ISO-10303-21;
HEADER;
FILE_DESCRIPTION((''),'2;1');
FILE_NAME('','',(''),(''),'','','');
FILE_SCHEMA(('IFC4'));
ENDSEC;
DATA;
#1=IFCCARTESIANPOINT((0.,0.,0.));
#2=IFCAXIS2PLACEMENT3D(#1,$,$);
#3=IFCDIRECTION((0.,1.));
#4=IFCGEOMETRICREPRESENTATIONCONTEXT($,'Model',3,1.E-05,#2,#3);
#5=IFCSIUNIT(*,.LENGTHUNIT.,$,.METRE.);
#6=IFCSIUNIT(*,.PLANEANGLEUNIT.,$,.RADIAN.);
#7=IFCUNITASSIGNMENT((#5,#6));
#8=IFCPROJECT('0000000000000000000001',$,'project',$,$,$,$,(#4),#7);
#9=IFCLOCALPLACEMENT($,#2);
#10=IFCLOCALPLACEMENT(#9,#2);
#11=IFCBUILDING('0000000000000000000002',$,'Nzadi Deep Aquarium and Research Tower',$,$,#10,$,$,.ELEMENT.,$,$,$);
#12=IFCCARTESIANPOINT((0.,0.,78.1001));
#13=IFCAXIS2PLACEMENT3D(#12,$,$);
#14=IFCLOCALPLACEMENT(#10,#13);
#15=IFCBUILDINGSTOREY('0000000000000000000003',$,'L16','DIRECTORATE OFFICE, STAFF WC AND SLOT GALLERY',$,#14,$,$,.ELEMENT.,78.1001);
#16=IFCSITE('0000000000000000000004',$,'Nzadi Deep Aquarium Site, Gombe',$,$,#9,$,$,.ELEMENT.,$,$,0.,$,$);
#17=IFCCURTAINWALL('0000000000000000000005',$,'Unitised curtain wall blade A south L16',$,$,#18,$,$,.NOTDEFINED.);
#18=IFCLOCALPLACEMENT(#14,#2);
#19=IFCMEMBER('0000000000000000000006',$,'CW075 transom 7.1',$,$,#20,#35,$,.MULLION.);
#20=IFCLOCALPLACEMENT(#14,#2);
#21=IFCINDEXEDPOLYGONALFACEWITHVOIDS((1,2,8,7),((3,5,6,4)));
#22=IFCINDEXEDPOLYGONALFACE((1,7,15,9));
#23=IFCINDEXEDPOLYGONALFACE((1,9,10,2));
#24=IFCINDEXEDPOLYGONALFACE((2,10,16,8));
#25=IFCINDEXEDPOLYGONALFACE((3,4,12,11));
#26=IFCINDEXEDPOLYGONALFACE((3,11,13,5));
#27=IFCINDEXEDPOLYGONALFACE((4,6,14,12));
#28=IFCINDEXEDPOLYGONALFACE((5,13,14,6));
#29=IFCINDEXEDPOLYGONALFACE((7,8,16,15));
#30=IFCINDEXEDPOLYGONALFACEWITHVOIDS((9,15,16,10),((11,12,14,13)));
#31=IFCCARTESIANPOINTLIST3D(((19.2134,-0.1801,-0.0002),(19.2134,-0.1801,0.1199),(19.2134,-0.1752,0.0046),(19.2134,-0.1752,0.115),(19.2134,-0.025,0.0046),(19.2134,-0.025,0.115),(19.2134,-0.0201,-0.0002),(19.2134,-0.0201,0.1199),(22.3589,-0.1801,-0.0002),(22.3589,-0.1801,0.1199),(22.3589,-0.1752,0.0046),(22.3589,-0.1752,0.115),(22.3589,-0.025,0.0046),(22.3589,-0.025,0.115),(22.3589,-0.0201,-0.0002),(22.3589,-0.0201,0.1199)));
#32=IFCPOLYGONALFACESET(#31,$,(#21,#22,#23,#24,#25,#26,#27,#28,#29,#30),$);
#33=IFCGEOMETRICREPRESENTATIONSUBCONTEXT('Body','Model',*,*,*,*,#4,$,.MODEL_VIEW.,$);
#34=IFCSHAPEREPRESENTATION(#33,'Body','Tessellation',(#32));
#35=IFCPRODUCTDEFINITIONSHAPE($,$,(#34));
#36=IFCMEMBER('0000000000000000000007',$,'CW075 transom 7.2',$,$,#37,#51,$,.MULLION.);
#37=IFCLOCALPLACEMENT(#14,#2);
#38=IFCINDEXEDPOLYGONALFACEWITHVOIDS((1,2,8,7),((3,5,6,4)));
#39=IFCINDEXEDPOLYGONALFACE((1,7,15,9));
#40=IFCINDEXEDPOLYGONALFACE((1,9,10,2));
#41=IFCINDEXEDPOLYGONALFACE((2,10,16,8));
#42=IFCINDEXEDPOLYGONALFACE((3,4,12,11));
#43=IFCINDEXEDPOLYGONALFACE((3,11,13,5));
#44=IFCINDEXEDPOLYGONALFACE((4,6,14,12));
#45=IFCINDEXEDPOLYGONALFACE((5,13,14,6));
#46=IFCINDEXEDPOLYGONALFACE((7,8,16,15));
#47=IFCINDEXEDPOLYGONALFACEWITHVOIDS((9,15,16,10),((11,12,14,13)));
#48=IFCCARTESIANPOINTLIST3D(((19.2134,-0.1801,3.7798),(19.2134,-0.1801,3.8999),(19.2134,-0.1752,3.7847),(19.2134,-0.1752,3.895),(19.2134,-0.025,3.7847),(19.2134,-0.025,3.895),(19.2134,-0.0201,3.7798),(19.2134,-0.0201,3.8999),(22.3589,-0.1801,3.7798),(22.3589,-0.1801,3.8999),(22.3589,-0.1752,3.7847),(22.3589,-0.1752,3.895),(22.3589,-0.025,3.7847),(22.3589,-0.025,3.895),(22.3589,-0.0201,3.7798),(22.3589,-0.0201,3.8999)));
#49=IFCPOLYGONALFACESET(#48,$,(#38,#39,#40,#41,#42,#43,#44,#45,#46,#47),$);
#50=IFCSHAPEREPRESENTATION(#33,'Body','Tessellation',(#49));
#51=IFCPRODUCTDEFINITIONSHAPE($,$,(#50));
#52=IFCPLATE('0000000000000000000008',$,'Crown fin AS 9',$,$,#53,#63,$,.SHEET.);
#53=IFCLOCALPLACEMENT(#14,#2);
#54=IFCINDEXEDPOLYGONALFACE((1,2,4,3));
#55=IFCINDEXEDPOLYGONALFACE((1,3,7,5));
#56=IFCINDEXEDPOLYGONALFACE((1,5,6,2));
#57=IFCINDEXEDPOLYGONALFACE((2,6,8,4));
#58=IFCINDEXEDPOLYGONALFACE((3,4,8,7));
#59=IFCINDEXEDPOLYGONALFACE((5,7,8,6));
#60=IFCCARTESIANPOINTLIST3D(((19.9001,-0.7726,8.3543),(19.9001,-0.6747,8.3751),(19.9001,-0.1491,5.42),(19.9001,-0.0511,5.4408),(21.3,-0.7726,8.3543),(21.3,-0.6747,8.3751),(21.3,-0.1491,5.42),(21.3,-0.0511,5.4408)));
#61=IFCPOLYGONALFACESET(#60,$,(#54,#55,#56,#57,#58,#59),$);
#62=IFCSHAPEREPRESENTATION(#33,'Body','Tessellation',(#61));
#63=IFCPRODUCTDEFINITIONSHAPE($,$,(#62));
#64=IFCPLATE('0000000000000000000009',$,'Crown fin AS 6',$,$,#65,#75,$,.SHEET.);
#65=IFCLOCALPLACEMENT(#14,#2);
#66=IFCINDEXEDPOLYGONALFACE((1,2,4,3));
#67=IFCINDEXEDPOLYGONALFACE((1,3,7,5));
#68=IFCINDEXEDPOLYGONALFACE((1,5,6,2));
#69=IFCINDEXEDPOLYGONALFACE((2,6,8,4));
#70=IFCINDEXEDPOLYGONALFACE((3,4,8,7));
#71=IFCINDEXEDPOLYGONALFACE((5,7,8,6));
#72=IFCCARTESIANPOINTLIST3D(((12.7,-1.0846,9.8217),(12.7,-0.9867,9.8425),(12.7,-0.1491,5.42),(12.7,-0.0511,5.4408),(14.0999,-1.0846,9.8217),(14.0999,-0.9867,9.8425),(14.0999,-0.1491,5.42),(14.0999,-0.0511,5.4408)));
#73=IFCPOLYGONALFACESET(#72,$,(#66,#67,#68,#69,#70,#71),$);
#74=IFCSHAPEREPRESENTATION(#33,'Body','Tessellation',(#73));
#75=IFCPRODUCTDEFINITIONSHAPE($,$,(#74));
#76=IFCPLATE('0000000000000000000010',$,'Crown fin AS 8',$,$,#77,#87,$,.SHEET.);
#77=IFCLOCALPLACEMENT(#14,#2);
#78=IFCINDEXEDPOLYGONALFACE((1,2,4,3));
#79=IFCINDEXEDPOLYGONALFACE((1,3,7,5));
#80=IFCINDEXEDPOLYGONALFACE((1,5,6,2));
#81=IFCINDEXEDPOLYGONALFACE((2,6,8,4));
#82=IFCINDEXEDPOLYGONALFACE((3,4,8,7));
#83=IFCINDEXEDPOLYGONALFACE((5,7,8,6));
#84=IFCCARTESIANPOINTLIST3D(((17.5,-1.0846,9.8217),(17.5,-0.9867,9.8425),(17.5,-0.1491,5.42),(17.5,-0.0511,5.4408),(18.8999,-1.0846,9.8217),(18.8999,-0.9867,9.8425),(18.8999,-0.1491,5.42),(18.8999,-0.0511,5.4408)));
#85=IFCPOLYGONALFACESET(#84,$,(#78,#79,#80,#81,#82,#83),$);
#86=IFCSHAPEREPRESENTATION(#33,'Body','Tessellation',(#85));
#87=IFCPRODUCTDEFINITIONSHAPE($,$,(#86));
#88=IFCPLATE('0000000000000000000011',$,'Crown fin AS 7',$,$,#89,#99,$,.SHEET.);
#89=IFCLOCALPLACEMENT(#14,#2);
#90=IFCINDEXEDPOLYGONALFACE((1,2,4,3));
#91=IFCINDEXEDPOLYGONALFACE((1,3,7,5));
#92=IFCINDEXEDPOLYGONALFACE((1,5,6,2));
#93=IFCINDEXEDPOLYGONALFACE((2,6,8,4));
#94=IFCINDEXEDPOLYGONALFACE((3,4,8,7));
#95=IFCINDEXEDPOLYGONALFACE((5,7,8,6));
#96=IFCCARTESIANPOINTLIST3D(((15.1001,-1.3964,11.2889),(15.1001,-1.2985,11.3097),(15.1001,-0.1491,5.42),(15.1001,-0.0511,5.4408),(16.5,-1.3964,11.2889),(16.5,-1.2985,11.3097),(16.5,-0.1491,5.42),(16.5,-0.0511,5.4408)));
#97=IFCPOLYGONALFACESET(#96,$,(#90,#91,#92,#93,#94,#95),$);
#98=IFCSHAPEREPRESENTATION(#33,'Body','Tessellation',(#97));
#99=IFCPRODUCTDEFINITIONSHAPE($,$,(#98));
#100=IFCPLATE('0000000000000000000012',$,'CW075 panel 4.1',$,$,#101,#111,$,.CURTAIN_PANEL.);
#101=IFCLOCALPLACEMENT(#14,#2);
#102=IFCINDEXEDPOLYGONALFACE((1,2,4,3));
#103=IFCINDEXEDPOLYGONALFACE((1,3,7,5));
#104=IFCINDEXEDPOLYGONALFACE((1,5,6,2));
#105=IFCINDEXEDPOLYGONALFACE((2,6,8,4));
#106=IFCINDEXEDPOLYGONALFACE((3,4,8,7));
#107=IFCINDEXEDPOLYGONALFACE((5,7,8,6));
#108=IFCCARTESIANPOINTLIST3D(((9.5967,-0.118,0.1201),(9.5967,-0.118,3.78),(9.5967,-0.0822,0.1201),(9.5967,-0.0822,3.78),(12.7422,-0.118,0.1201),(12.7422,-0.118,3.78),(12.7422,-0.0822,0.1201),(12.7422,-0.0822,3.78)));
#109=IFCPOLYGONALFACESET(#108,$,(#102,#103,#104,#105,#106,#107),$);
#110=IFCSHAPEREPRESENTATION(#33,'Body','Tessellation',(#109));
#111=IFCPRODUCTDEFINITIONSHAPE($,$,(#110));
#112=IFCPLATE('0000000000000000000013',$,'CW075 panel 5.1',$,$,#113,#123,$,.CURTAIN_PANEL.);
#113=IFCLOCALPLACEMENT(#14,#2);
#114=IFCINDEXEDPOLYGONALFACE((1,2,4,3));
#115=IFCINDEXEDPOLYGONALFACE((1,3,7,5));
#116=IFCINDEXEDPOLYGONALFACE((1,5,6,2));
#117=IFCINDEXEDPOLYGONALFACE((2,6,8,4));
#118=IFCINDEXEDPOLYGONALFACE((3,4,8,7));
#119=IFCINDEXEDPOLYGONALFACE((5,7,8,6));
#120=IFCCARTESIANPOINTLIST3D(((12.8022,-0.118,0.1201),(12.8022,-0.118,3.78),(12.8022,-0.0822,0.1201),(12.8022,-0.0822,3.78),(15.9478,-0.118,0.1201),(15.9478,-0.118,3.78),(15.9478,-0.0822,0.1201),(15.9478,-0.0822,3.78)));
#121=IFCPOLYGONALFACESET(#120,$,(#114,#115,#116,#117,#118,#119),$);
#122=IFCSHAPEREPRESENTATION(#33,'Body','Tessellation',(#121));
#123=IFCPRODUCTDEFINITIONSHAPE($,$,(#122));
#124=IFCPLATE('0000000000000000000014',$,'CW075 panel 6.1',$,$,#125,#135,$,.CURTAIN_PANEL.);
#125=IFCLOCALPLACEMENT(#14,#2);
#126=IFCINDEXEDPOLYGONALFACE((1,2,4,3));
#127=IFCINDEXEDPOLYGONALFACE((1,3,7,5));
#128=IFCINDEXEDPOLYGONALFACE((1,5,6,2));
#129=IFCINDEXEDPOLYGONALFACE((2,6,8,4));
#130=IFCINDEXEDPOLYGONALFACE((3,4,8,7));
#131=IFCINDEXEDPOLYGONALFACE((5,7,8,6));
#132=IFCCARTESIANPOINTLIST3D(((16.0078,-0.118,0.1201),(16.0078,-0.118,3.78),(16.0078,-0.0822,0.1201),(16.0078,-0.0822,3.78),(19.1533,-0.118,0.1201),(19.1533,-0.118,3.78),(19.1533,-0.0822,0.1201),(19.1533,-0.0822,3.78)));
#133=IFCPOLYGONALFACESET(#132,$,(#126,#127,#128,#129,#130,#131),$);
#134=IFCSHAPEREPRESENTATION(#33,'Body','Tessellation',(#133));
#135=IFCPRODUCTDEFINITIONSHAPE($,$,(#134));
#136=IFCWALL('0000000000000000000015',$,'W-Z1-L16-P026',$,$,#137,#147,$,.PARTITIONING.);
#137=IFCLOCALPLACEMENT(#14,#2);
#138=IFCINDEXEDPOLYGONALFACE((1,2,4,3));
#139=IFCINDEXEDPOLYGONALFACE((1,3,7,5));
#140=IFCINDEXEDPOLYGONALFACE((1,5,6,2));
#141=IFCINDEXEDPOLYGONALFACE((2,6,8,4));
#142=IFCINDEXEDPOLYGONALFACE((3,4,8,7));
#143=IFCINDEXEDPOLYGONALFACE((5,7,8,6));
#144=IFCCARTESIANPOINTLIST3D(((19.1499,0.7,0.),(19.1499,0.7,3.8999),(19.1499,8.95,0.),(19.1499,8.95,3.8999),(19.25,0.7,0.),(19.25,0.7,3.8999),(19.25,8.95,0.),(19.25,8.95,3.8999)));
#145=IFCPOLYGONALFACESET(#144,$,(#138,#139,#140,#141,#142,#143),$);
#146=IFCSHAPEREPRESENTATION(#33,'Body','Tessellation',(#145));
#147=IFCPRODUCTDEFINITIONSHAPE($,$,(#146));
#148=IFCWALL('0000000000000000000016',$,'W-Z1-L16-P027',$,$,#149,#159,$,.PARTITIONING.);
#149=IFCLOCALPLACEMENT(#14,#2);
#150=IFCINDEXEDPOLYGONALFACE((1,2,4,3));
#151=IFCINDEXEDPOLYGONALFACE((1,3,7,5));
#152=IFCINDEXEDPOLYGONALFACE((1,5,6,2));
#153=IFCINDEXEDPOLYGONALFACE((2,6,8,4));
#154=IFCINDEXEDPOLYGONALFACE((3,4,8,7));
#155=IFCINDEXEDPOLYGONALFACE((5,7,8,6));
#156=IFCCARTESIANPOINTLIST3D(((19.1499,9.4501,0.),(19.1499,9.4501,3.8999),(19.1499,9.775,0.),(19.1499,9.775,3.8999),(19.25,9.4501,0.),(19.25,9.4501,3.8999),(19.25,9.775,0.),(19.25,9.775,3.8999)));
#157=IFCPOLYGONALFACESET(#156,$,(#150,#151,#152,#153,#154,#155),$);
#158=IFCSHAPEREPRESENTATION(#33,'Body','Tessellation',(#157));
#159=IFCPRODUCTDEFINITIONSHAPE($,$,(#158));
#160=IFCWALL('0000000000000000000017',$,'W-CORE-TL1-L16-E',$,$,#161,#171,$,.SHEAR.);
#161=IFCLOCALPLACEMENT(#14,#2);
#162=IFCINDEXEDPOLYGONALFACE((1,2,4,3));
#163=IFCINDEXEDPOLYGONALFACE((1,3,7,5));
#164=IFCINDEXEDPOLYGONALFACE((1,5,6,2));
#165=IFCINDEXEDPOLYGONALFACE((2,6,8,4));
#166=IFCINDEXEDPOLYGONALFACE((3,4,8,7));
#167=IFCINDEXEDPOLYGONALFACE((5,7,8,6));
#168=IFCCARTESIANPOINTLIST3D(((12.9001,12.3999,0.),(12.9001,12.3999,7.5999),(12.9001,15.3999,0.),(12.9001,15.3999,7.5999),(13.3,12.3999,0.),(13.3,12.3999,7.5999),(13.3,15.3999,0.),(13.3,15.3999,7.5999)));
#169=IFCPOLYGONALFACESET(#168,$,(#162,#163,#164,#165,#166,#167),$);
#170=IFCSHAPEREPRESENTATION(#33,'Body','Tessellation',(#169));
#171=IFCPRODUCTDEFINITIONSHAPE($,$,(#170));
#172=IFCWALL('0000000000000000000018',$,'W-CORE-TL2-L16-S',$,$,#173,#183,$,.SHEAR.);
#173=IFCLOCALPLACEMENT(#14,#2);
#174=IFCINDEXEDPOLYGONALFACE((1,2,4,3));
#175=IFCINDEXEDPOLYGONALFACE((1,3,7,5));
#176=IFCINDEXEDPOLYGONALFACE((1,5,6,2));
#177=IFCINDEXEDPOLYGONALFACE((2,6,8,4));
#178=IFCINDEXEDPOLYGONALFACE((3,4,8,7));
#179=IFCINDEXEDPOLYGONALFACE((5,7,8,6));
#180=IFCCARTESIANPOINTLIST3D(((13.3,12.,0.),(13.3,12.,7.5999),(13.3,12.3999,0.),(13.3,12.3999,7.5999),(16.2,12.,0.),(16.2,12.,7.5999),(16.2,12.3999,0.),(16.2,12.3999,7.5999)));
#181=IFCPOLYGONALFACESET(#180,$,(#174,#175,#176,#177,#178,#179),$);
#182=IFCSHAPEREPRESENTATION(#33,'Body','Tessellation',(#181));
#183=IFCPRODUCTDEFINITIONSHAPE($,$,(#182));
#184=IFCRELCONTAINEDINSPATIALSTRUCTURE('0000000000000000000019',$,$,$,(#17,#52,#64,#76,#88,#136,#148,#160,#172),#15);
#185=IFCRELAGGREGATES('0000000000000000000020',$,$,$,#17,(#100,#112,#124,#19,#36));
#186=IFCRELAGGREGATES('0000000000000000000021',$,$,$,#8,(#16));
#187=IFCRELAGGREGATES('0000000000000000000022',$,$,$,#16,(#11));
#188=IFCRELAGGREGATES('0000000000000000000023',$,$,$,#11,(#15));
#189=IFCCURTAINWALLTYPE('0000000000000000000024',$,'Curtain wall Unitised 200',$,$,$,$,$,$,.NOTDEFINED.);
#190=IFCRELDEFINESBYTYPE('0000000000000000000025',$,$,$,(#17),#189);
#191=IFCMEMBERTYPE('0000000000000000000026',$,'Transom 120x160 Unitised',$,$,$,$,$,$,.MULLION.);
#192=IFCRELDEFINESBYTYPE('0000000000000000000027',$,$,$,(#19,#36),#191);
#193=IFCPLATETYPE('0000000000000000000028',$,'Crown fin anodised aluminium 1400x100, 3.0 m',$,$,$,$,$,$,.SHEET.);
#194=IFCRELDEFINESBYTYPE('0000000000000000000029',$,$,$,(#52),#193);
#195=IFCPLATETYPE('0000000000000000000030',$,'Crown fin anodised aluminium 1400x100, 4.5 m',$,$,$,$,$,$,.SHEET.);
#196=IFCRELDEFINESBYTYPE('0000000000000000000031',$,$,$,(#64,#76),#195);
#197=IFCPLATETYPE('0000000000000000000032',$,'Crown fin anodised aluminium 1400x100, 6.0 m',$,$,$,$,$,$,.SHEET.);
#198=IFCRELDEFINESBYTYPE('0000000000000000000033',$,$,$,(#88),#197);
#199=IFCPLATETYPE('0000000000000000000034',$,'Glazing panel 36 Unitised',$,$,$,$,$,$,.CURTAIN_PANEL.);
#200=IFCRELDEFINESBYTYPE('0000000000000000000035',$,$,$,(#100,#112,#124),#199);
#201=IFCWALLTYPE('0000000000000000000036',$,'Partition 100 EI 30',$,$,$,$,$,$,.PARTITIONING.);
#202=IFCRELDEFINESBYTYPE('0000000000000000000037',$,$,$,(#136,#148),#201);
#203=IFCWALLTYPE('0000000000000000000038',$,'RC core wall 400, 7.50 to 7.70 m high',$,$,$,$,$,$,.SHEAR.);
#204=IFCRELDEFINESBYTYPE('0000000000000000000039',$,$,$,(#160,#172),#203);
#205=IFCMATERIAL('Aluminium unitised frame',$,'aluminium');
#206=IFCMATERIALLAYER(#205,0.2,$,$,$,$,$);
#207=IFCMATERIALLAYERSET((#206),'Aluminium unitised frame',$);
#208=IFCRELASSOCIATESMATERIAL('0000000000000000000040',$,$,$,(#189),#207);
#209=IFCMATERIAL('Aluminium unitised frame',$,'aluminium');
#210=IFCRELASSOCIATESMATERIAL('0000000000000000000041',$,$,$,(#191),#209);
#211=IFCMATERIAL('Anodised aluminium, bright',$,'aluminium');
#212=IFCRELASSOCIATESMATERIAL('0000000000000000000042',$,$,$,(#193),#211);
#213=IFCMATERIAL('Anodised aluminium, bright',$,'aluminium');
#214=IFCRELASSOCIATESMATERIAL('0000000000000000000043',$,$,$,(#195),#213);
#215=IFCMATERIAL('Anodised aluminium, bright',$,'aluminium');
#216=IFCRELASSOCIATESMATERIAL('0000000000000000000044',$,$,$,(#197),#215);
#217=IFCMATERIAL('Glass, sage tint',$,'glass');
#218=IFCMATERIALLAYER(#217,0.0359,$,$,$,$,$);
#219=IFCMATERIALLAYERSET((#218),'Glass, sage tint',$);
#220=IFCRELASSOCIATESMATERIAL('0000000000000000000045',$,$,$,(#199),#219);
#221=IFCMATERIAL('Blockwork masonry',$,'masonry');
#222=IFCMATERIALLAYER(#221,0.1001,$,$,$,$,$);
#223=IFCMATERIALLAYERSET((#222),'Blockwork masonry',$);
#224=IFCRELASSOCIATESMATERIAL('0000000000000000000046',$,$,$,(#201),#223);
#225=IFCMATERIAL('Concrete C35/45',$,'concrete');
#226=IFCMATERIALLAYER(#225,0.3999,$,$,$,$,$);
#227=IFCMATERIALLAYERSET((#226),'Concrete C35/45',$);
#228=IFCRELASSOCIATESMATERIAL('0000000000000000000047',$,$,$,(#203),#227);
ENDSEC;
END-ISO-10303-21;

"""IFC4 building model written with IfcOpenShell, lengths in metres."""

from ifc_helpers import new_model, si_unit, direction, frame, frame_2d, origin, origin_2d, place, context, subcontext, project, spatial, rectangle, hollow_rectangle, extrude, material, layer, layer_set, material_profile, profile_set, type_object, element, aggregate, save


model = new_model("IFC4")

# Units and contexts
model_context = context("Model", 3, precision=1e-05, world=origin(), true_north=direction((0.0, 1.0)))
body_context = subcontext(model_context, "Body", "Model", "MODEL_VIEW")
ifc_project = project(units=[si_unit("LENGTHUNIT", "METRE"), si_unit("PLANEANGLEUNIT", "RADIAN")], contexts=[model_context])

# Site, building, storey
site_placement = place(None, origin())
site = spatial("IfcSite", under=ifc_project, at=site_placement, Name="Nzadi Deep Aquarium Site, Gombe", CompositionType="ELEMENT", RefElevation=0.0)
building_placement = place(site_placement, origin())
building = spatial("IfcBuilding", under=site, at=building_placement, Name="Nzadi Deep Aquarium and Research Tower", CompositionType="ELEMENT")
storey_placement = place(building_placement, frame((0.0, 0.0, 78.1001)))
storey = spatial("IfcBuildingStorey", under=building, at=storey_placement, Name="L16", Description="DIRECTORATE OFFICE, STAFF WC AND SLOT GALLERY", CompositionType="ELEMENT", Elevation=78.1001)

# Curtain wall
ifc_material_1 = material(Name="Aluminium unitised frame", Category="aluminium")
ifc_layer_1 = layer(ifc_material_1, 0.2)
ifc_layer_set_1 = layer_set([ifc_layer_1], Name="Aluminium unitised frame")
curtain_wall_type = type_object("IfcCurtainWallType", Name="Curtain wall Unitised 200", PredefinedType="NOTDEFINED", material=ifc_layer_set_1)
curtain_wall_placement = place(storey_placement, origin())
curtain_wall = element("IfcCurtainWall", 1, at=curtain_wall_placement, inside=storey, type_object=curtain_wall_type, Name="Unitised curtain wall blade A south L16", PredefinedType="NOTDEFINED")

# Members
ifc_material_2 = material(Name="Aluminium unitised frame", Category="aluminium")
ifc_material_profile_1 = material_profile(ifc_material_2, hollow_rectangle(XDim=0.1599, YDim=0.1201, WallThickness=0.0049, at=origin_2d()))
ifc_profile_set_1 = profile_set([ifc_material_profile_1], Name="Aluminium unitised frame")
member_type_1 = type_object("IfcMemberType", Name="Transom 120x160 Unitised", PredefinedType="MULLION", material=ifc_profile_set_1)
member_1_placement = place(storey_placement, frame((19.2134, -0.1001, 0.0598), z_axis=(1.0, 0.0, 0.0), x_axis=(0.0, 1.0, 0.0)))
member_1 = element("IfcMember", 2, at=member_1_placement, type_object=member_type_1, Name="CW075 transom 7.1", PredefinedType="MULLION", context=body_context, shape_type="SweptSolid", body=[
    extrude(hollow_rectangle(XDim=0.1599, YDim=0.1201, WallThickness=0.0049, at=origin_2d()), origin(), (0.0, 0.0, 1.0), 3.1455),
])
member_2_placement = place(storey_placement, frame((19.2134, -0.1001, 3.8398), z_axis=(1.0, 0.0, 0.0), x_axis=(0.0, 1.0, 0.0)))
member_2 = element("IfcMember", 3, at=member_2_placement, type_object=member_type_1, Name="CW075 transom 7.2", PredefinedType="MULLION", context=body_context, shape_type="SweptSolid", body=[
    extrude(hollow_rectangle(XDim=0.1599, YDim=0.1201, WallThickness=0.0049, at=origin_2d()), origin(), (0.0, 0.0, 1.0), 3.1455),
])

# Plates
ifc_material_3 = material(Name="Anodised aluminium, bright", Category="aluminium")
ifc_material_profile_2 = material_profile(ifc_material_3, rectangle(XDim=1.3999, YDim=0.1001, at=origin_2d()))
ifc_profile_set_2 = profile_set([ifc_material_profile_2], Name="Anodised aluminium, bright")
plate_type_1 = type_object("IfcPlateType", Name="Crown fin anodised aluminium 1400x100, 3.0 m", PredefinedType="SHEET", material=ifc_profile_set_2)
plate_1_placement = place(storey_placement, frame((20.6001, -0.1001, 5.4304), z_axis=(0.0, -0.207856, 0.978159), x_axis=(1.0, 0.0, 0.0)))
element("IfcPlate", 4, at=plate_1_placement, inside=storey, type_object=plate_type_1, Name="Crown fin AS 9", PredefinedType="SHEET", context=body_context, shape_type="SweptSolid", body=[
    extrude(rectangle(XDim=1.3999, YDim=0.1001, at=origin_2d()), origin(), (0.0, 0.0, 1.0), 2.9998),
])
ifc_material_4 = material(Name="Anodised aluminium, bright", Category="aluminium")
ifc_material_profile_3 = material_profile(ifc_material_4, rectangle(XDim=1.3999, YDim=0.1001, at=origin_2d()))
ifc_profile_set_3 = profile_set([ifc_material_profile_3], Name="Anodised aluminium, bright")
plate_type_2 = type_object("IfcPlateType", Name="Crown fin anodised aluminium 1400x100, 4.5 m", PredefinedType="SHEET", material=ifc_profile_set_3)
for number, where, z_axis, x_axis, name in (
    (5, (13.3999, -0.1001, 5.4304), (0.0, -0.207902, 0.97815), (1.0, 0.0, 0.0), "Crown fin AS 6"),
    (6, (18.2, -0.1001, 5.4304), (0.0, -0.207902, 0.97815), (1.0, 0.0, 0.0), "Crown fin AS 8"),
):
    element("IfcPlate", number, at=place(storey_placement, frame(where, z_axis=z_axis, x_axis=x_axis)), inside=storey, type_object=plate_type_2, Name=name, PredefinedType="SHEET", context=body_context, shape_type="SweptSolid", body=[
        extrude(rectangle(XDim=1.3999, YDim=0.1001, at=origin_2d()), origin(), (0.0, 0.0, 1.0), 4.5),
    ])
ifc_material_5 = material(Name="Anodised aluminium, bright", Category="aluminium")
ifc_material_profile_4 = material_profile(ifc_material_5, rectangle(XDim=1.3999, YDim=0.1001, at=origin_2d()))
ifc_profile_set_4 = profile_set([ifc_material_profile_4], Name="Anodised aluminium, bright")
plate_type_3 = type_object("IfcPlateType", Name="Crown fin anodised aluminium 1400x100, 6.0 m", PredefinedType="SHEET", material=ifc_profile_set_4)
plate_2_placement = place(storey_placement, frame((15.8, -0.1001, 5.4304), z_axis=(0.0, -0.207886, 0.978153), x_axis=(1.0, 0.0, 0.0)))
element("IfcPlate", 7, at=plate_2_placement, inside=storey, type_object=plate_type_3, Name="Crown fin AS 7", PredefinedType="SHEET", context=body_context, shape_type="SweptSolid", body=[
    extrude(rectangle(XDim=1.3999, YDim=0.1001, at=origin_2d()), origin(), (0.0, 0.0, 1.0), 6.0),
])

# Plates
ifc_material_6 = material(Name="Glass, sage tint", Category="glass")
ifc_layer_2 = layer(ifc_material_6, 0.0359)
ifc_layer_set_2 = layer_set([ifc_layer_2], Name="Glass, sage tint")
plate_type_4 = type_object("IfcPlateType", Name="Glazing panel 36 Unitised", PredefinedType="CURTAIN_PANEL", material=ifc_layer_set_2)
plate_3_placement = place(storey_placement, frame((11.1694, -0.1001, 0.1201), z_axis=(0.0, 0.0, 1.0), x_axis=(1.0, 0.0, 0.0)))
plate_3 = element("IfcPlate", 8, at=plate_3_placement, type_object=plate_type_4, Name="CW075 panel 4.1", PredefinedType="CURTAIN_PANEL", context=body_context, shape_type="SweptSolid", body=[
    extrude(rectangle(XDim=3.1455, YDim=0.0359, at=origin_2d()), origin(), (0.0, 0.0, 1.0), 3.6599),
])
plate_4_placement = place(storey_placement, frame((14.375, -0.1001, 0.1201), z_axis=(0.0, 0.0, 1.0), x_axis=(1.0, 0.0, 0.0)))
plate_4 = element("IfcPlate", 9, at=plate_4_placement, type_object=plate_type_4, Name="CW075 panel 5.1", PredefinedType="CURTAIN_PANEL", context=body_context, shape_type="SweptSolid", body=[
    extrude(rectangle(XDim=3.1455, YDim=0.0359, at=origin_2d()), origin(), (0.0, 0.0, 1.0), 3.6599),
])
plate_5_placement = place(storey_placement, frame((17.5806, -0.1001, 0.1201), z_axis=(0.0, 0.0, 1.0), x_axis=(1.0, 0.0, 0.0)))
plate_5 = element("IfcPlate", 10, at=plate_5_placement, type_object=plate_type_4, Name="CW075 panel 6.1", PredefinedType="CURTAIN_PANEL", context=body_context, shape_type="SweptSolid", body=[
    extrude(rectangle(XDim=3.1455, YDim=0.0359, at=origin_2d()), origin(), (0.0, 0.0, 1.0), 3.6599),
])
aggregate(curtain_wall, [plate_3, plate_4, plate_5, member_1, member_2])

# Walls
ifc_material_7 = material(Name="Blockwork masonry", Category="masonry")
ifc_layer_3 = layer(ifc_material_7, 0.1001)
ifc_layer_set_3 = layer_set([ifc_layer_3], Name="Blockwork masonry")
wall_type_1 = type_object("IfcWallType", Name="Partition 100 EI 30", PredefinedType="PARTITIONING", material=ifc_layer_set_3)
wall_1_placement = place(storey_placement, frame((19.2, 0.7, 0.0), z_axis=(0.0, 0.0, 1.0), x_axis=(0.0, 1.0, 0.0)))
element("IfcWall", 11, at=wall_1_placement, inside=storey, type_object=wall_type_1, Name="W-Z1-L16-P026", PredefinedType="PARTITIONING", context=body_context, shape_type="SweptSolid", body=[
    extrude(rectangle(XDim=8.25, YDim=0.1001, at=frame_2d((4.125, 0.0))), origin(), (0.0, 0.0, 1.0), 3.8999),
])
wall_2_placement = place(storey_placement, frame((19.2, 9.45, 0.0), z_axis=(0.0, 0.0, 1.0), x_axis=(0.0, 1.0, 0.0)))
element("IfcWall", 12, at=wall_2_placement, inside=storey, type_object=wall_type_1, Name="W-Z1-L16-P027", PredefinedType="PARTITIONING", context=body_context, shape_type="SweptSolid", body=[
    extrude(rectangle(XDim=0.325, YDim=0.1001, at=frame_2d((0.1626, 0.0))), origin(), (0.0, 0.0, 1.0), 3.8999),
])
ifc_material_8 = material(Name="Concrete C35/45", Category="concrete")
ifc_layer_4 = layer(ifc_material_8, 0.3999)
ifc_layer_set_4 = layer_set([ifc_layer_4], Name="Concrete C35/45")
wall_type_2 = type_object("IfcWallType", Name="RC core wall 400, 7.50 to 7.70 m high", PredefinedType="SHEAR", material=ifc_layer_set_4)
wall_3_placement = place(storey_placement, frame((13.1001, 12.3999, 0.0), z_axis=(0.0, 0.0, 1.0), x_axis=(0.0, 1.0, 0.0)))
element("IfcWall", 13, at=wall_3_placement, inside=storey, type_object=wall_type_2, Name="W-CORE-TL1-L16-E", PredefinedType="SHEAR", context=body_context, shape_type="SweptSolid", body=[
    extrude(rectangle(XDim=3.0, YDim=0.3999, at=frame_2d((1.5, 0.0))), origin(), (0.0, 0.0, 1.0), 7.5999),
])
wall_4_placement = place(storey_placement, frame((13.3, 12.2, 0.0), z_axis=(0.0, 0.0, 1.0), x_axis=(1.0, 0.0, 0.0)))
element("IfcWall", 14, at=wall_4_placement, inside=storey, type_object=wall_type_2, Name="W-CORE-TL2-L16-S", PredefinedType="SHEAR", context=body_context, shape_type="SweptSolid", body=[
    extrude(rectangle(XDim=2.8999, YDim=0.3999, at=frame_2d((1.45, 0.0))), origin(), (0.0, 0.0, 1.0), 7.5999),
])

save(model, "model.ifc")
